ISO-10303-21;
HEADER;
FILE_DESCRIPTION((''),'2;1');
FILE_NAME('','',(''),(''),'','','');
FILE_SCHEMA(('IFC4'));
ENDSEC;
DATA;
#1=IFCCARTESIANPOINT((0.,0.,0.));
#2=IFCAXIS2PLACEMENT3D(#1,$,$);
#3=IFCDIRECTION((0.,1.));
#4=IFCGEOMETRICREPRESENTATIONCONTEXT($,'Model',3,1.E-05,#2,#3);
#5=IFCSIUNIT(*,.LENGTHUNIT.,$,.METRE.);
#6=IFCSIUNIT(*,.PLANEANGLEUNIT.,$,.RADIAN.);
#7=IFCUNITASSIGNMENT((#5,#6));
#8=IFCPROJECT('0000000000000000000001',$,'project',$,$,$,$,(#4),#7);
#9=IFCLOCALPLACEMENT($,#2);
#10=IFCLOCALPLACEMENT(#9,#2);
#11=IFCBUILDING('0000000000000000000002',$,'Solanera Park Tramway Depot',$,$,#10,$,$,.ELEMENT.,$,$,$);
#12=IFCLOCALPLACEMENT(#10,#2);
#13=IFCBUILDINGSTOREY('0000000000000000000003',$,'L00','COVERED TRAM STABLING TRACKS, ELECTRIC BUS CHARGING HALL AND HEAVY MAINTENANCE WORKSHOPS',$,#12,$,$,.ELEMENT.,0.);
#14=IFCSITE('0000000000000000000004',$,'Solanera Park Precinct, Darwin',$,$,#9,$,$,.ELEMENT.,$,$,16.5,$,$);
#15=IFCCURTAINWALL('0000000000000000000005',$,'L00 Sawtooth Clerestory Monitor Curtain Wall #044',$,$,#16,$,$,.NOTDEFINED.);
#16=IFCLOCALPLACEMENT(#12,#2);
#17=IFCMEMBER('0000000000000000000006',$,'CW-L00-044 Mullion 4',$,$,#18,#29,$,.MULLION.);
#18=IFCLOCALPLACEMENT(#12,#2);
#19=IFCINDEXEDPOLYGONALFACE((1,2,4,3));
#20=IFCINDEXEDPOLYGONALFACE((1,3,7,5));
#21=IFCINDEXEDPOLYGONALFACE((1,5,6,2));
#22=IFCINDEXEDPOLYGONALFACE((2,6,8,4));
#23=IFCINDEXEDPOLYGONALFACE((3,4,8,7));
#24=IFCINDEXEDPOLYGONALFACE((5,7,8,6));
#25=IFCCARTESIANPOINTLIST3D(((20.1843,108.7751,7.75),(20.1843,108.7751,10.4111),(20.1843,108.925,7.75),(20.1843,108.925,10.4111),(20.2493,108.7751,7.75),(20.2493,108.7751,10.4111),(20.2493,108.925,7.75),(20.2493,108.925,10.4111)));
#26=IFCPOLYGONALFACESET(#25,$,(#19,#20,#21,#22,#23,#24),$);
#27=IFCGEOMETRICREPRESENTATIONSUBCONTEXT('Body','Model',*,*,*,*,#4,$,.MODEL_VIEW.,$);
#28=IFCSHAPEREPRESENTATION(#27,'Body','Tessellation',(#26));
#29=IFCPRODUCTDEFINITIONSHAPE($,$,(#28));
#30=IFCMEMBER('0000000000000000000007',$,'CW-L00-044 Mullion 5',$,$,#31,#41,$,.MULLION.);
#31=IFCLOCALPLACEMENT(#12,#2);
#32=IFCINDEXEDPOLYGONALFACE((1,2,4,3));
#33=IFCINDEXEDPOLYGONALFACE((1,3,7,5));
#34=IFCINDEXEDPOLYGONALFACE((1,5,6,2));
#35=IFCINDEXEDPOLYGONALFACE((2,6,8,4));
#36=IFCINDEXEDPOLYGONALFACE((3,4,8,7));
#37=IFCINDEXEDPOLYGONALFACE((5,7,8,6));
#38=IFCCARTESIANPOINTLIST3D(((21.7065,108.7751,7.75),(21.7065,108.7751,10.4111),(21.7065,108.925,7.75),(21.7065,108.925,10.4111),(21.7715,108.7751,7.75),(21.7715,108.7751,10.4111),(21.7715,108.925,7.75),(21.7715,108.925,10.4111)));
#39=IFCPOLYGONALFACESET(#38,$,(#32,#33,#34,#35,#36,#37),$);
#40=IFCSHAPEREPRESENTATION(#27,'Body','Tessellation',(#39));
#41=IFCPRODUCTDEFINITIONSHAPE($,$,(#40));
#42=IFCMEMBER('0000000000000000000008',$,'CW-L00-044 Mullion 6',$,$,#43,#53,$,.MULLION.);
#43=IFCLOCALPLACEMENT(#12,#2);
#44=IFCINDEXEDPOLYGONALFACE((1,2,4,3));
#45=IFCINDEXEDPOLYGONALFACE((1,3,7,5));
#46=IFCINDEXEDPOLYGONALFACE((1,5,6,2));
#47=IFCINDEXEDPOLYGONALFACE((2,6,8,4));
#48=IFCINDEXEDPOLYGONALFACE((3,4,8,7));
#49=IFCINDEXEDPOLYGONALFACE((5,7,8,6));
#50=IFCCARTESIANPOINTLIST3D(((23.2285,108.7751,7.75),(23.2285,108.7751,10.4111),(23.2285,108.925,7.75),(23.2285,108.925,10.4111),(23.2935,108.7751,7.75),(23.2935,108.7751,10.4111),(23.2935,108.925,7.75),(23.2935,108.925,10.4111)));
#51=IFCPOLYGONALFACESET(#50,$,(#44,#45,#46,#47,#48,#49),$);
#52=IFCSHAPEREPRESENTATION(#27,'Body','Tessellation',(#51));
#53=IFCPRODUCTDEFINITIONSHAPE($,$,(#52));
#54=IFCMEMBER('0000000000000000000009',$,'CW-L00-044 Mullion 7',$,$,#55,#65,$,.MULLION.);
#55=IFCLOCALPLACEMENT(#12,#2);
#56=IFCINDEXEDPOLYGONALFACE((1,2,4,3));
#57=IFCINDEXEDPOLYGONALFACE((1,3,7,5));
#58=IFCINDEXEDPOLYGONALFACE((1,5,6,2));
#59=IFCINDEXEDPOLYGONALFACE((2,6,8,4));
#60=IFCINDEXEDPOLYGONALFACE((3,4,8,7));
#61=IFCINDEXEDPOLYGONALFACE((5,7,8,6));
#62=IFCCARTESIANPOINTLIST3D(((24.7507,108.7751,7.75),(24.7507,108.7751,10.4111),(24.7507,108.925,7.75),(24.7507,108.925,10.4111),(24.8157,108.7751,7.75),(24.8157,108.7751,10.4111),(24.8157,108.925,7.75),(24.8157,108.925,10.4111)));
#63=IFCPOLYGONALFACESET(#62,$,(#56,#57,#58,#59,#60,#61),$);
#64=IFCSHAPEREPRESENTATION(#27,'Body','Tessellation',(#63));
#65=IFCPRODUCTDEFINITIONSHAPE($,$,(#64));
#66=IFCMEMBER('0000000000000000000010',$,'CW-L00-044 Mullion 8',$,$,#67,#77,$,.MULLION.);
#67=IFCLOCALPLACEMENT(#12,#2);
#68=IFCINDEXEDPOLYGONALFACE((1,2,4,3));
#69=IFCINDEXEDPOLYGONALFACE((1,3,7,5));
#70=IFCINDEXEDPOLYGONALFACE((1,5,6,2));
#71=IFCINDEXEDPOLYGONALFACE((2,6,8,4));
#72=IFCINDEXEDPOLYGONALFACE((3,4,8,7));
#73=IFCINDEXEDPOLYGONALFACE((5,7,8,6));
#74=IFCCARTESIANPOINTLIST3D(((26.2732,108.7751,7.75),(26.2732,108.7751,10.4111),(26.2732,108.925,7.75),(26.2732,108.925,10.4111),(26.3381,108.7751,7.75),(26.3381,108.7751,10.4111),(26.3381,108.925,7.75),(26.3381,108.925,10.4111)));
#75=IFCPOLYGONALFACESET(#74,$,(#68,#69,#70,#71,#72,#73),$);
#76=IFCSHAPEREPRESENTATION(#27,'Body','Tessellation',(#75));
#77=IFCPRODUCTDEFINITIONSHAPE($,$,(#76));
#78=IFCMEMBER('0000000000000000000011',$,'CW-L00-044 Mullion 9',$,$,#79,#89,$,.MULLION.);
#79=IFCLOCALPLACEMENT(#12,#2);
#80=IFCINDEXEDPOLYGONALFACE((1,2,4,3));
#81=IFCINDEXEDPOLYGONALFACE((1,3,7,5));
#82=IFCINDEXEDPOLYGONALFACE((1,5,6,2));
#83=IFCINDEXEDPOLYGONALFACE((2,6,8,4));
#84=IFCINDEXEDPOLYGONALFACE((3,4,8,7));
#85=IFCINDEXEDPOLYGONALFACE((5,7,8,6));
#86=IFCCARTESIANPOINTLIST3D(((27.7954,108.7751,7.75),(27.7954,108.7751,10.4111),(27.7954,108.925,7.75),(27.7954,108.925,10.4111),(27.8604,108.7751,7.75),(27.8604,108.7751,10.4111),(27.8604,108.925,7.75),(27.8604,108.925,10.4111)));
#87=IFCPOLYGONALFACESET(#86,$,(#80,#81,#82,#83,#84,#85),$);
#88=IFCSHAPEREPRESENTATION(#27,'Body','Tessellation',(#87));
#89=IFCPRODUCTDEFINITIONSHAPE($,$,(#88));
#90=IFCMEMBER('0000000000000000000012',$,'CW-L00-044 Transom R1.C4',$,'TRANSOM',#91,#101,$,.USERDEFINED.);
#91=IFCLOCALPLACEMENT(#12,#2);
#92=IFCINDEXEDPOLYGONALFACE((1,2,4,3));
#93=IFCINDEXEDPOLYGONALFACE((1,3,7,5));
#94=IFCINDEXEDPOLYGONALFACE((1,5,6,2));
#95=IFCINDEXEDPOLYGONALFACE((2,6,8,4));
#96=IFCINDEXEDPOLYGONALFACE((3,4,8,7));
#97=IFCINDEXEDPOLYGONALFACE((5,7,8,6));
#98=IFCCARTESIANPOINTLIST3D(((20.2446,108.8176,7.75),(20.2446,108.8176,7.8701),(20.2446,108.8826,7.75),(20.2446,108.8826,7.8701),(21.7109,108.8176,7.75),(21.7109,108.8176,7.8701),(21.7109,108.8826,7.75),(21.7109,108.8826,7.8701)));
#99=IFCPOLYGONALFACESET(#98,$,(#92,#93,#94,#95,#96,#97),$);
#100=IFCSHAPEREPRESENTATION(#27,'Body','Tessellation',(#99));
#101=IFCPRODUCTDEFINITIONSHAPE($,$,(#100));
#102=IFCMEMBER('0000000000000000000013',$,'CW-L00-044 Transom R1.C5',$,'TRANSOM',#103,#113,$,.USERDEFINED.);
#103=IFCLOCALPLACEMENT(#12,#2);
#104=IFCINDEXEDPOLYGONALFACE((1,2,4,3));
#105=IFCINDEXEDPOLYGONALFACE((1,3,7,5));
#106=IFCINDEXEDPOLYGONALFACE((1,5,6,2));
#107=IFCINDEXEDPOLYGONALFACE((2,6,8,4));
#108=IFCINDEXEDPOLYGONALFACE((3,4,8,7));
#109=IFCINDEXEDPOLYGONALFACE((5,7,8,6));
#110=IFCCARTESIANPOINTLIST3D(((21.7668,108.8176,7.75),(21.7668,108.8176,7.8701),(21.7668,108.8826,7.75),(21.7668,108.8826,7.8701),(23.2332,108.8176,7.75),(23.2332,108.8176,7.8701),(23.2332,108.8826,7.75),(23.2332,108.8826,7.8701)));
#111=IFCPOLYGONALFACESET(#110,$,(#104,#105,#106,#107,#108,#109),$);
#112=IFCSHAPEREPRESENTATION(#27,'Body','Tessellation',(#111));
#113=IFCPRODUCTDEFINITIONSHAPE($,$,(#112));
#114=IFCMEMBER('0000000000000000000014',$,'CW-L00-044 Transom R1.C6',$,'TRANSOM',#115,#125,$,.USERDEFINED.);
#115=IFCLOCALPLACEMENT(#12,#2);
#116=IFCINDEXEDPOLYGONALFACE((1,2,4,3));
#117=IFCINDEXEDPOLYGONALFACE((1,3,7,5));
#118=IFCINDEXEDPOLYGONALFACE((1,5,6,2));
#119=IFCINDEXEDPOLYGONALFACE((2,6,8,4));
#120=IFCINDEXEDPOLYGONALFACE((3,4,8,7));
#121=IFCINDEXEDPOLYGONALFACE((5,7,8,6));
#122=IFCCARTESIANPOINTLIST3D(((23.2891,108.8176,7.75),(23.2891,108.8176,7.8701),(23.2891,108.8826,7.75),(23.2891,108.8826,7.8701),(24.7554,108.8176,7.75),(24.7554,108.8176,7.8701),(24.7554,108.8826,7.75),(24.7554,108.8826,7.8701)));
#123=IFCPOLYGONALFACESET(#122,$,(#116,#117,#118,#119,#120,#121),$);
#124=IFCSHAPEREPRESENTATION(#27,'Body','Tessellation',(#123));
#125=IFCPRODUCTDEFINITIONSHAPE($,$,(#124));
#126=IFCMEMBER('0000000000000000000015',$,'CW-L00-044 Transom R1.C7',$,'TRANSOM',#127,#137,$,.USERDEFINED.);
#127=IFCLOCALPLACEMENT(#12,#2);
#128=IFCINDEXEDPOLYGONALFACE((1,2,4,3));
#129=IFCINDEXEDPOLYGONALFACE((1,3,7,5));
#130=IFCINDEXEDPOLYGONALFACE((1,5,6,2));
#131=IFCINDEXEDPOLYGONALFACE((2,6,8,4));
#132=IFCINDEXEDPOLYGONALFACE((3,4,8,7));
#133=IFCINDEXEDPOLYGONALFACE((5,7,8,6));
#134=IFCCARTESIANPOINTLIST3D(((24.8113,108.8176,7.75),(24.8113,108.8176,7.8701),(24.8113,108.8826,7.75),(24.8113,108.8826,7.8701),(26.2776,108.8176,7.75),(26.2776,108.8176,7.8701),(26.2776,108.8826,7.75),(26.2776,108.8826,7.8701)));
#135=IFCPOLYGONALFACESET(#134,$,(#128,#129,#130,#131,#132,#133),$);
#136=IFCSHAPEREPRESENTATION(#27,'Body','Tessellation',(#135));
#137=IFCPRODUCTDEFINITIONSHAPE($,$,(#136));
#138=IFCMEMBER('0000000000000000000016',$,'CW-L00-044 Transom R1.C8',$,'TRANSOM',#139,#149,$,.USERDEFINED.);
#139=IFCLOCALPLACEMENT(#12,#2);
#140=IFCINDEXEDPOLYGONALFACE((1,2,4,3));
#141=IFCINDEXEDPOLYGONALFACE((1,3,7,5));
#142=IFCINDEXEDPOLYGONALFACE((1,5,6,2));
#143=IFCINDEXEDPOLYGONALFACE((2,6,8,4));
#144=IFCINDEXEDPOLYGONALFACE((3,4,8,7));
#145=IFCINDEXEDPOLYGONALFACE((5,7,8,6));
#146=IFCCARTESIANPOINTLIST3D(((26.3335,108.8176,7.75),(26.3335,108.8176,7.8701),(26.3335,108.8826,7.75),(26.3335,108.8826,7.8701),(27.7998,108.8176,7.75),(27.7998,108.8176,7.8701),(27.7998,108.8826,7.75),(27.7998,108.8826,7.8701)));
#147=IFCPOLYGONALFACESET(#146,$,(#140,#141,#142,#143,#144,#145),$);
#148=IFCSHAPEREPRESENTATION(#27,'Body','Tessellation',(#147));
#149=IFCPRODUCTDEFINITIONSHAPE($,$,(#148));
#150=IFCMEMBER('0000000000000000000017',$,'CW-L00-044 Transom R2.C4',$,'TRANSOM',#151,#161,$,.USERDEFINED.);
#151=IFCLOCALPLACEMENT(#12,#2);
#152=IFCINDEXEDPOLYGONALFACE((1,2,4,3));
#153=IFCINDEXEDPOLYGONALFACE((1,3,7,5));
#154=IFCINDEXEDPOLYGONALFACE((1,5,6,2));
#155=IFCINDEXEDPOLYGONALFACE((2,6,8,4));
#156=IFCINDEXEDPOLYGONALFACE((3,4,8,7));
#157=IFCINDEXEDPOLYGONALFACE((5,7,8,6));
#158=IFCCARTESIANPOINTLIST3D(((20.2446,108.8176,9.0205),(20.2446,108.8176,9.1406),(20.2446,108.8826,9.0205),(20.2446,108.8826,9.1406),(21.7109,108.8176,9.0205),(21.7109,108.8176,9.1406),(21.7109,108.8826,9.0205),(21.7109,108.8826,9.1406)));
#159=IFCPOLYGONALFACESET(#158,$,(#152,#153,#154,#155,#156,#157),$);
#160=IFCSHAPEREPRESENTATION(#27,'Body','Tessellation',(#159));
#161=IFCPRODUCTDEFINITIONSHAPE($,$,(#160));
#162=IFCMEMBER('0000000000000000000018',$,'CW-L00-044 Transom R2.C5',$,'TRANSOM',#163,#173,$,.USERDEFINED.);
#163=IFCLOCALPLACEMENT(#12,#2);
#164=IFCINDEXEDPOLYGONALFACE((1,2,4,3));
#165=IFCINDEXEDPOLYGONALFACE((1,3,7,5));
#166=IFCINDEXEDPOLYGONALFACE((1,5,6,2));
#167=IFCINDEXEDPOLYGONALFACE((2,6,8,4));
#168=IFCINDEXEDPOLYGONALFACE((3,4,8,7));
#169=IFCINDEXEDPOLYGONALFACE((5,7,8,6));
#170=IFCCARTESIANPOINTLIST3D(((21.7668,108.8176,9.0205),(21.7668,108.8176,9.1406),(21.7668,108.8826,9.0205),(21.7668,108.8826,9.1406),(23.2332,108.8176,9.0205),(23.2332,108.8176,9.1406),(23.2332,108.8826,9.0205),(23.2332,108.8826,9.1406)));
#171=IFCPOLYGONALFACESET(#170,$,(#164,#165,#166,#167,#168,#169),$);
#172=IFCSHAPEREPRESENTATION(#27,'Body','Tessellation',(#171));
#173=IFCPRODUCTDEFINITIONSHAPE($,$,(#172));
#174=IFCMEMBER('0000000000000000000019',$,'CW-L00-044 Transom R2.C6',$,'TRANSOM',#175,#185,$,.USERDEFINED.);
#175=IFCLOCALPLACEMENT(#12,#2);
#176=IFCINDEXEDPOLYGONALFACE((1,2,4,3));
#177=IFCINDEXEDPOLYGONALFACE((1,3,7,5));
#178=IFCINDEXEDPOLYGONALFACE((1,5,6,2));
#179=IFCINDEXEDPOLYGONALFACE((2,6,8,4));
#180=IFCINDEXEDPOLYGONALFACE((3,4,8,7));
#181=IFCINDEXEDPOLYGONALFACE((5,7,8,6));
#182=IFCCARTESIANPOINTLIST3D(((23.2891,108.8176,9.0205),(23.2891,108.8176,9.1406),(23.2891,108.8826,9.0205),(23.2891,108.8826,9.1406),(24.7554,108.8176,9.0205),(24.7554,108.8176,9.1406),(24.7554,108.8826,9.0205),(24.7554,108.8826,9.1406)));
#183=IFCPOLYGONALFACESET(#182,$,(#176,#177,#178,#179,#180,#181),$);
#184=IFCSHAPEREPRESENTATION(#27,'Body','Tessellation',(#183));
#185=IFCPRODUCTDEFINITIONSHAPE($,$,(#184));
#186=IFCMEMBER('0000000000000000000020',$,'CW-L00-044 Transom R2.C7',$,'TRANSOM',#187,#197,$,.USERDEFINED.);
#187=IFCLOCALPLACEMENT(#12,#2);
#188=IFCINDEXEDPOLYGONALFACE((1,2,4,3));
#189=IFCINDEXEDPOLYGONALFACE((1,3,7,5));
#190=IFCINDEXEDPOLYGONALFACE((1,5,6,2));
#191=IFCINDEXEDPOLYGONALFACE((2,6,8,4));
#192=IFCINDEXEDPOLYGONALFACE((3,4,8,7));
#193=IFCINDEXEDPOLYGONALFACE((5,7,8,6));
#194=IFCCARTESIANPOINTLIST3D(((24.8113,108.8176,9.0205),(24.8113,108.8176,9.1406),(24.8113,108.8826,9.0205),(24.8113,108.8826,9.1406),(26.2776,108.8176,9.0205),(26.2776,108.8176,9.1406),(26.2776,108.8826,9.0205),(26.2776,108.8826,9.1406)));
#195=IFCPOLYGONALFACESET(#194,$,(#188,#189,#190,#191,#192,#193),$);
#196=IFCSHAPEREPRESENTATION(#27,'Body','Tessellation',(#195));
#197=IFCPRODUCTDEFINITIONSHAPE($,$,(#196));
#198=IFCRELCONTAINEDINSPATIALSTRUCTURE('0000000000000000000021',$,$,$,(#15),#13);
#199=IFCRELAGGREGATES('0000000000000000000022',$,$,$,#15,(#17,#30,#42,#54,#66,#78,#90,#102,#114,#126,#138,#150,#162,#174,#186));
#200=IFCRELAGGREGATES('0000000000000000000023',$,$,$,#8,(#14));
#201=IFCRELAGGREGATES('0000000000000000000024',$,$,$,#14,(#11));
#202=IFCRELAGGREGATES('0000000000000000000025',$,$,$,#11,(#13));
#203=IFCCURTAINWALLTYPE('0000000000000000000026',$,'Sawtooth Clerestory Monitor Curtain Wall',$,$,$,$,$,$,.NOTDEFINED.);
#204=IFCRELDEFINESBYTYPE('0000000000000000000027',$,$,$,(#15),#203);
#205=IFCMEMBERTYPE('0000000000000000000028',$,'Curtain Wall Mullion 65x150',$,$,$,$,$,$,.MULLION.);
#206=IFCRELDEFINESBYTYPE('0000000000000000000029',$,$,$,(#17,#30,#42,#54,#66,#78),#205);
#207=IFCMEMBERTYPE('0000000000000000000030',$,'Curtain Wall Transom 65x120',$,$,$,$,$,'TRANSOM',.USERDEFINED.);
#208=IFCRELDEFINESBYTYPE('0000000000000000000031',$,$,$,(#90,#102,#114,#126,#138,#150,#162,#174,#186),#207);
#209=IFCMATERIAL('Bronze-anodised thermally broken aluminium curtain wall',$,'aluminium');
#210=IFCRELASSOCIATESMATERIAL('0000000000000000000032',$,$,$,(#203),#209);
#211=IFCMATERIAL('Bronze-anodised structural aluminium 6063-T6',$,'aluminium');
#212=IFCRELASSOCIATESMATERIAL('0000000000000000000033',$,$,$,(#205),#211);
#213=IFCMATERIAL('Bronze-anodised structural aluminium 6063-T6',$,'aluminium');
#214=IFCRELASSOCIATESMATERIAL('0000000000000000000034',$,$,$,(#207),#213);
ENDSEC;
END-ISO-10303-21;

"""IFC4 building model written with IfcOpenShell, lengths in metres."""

from ifc_helpers import new_model, si_unit, direction, frame, origin, origin_2d, place, context, subcontext, project, spatial, rectangle, extrude, material, material_profile, profile_set, type_object, element, aggregate, save


model = new_model("IFC4")

# Units and contexts
model_context = context("Model", 3, precision=1e-05, world=origin(), true_north=direction((0.0, 1.0)))
body_context = subcontext(model_context, "Body", "Model", "MODEL_VIEW")
ifc_project = project(units=[si_unit("LENGTHUNIT", "METRE"), si_unit("PLANEANGLEUNIT", "RADIAN")], contexts=[model_context])

# Site, building, storey
site_placement = place(None, origin())
site = spatial("IfcSite", under=ifc_project, at=site_placement, Name="Solanera Park Precinct, Darwin", CompositionType="ELEMENT", RefElevation=16.5)
building_placement = place(site_placement, origin())
building = spatial("IfcBuilding", under=site, at=building_placement, Name="Solanera Park Tramway Depot", CompositionType="ELEMENT")
storey_placement = place(building_placement, origin())
storey = spatial("IfcBuildingStorey", under=building, at=storey_placement, Name="L00", Description="COVERED TRAM STABLING TRACKS, ELECTRIC BUS CHARGING HALL AND HEAVY MAINTENANCE WORKSHOPS", CompositionType="ELEMENT", Elevation=0.0)

# Curtain wall, members
ifc_material_1 = material(Name="Bronze-anodised thermally broken aluminium curtain wall", Category="aluminium")
curtain_wall_type = type_object("IfcCurtainWallType", Name="Sawtooth Clerestory Monitor Curtain Wall", PredefinedType="NOTDEFINED", material=ifc_material_1)
curtain_wall_placement = place(storey_placement, origin())
curtain_wall = element("IfcCurtainWall", 1, at=curtain_wall_placement, inside=storey, type_object=curtain_wall_type, Name="L00 Sawtooth Clerestory Monitor Curtain Wall #044", PredefinedType="NOTDEFINED")
ifc_material_2 = material(Name="Bronze-anodised structural aluminium 6063-T6", Category="aluminium")
ifc_material_profile_1 = material_profile(ifc_material_2, rectangle(XDim=0.0649, YDim=0.1499, at=origin_2d()), Name="Curtain Wall Mullion 65x150")
ifc_profile_set_1 = profile_set([ifc_material_profile_1], Name="Bronze-anodised structural aluminium 6063-T6")
member_type_1 = type_object("IfcMemberType", Name="Curtain Wall Mullion 65x150", PredefinedType="MULLION", material=ifc_profile_set_1)
member_1_placement = place(storey_placement, frame((20.2168, 108.8501, 7.75), z_axis=(0.0, 0.0, 1.0), x_axis=(1.0, 0.0, 0.0)))
member_1 = element("IfcMember", 2, at=member_1_placement, type_object=member_type_1, Name="CW-L00-044 Mullion 4", PredefinedType="MULLION", context=body_context, shape_type="SweptSolid", body=[
    extrude(rectangle(XDim=0.0649, YDim=0.1499, at=origin_2d()), origin(), (0.0, 0.0, 1.0), 2.6611),
])
member_2_placement = place(storey_placement, frame((21.739, 108.8501, 7.75), z_axis=(0.0, 0.0, 1.0), x_axis=(1.0, 0.0, 0.0)))
member_2 = element("IfcMember", 3, at=member_2_placement, type_object=member_type_1, Name="CW-L00-044 Mullion 5", PredefinedType="MULLION", context=body_context, shape_type="SweptSolid", body=[
    extrude(rectangle(XDim=0.0649, YDim=0.1499, at=origin_2d()), origin(), (0.0, 0.0, 1.0), 2.6611),
])
member_3_placement = place(storey_placement, frame((23.261, 108.8501, 7.75), z_axis=(0.0, 0.0, 1.0), x_axis=(1.0, 0.0, 0.0)))
member_3 = element("IfcMember", 4, at=member_3_placement, type_object=member_type_1, Name="CW-L00-044 Mullion 6", PredefinedType="MULLION", context=body_context, shape_type="SweptSolid", body=[
    extrude(rectangle(XDim=0.0649, YDim=0.1499, at=origin_2d()), origin(), (0.0, 0.0, 1.0), 2.6611),
])
member_4_placement = place(storey_placement, frame((24.7832, 108.8501, 7.75), z_axis=(0.0, 0.0, 1.0), x_axis=(1.0, 0.0, 0.0)))
member_4 = element("IfcMember", 5, at=member_4_placement, type_object=member_type_1, Name="CW-L00-044 Mullion 7", PredefinedType="MULLION", context=body_context, shape_type="SweptSolid", body=[
    extrude(rectangle(XDim=0.0649, YDim=0.1499, at=origin_2d()), origin(), (0.0, 0.0, 1.0), 2.6611),
])
member_5_placement = place(storey_placement, frame((26.3057, 108.8501, 7.75), z_axis=(0.0, 0.0, 1.0), x_axis=(1.0, 0.0, 0.0)))
member_5 = element("IfcMember", 6, at=member_5_placement, type_object=member_type_1, Name="CW-L00-044 Mullion 8", PredefinedType="MULLION", context=body_context, shape_type="SweptSolid", body=[
    extrude(rectangle(XDim=0.0649, YDim=0.1499, at=origin_2d()), origin(), (0.0, 0.0, 1.0), 2.6611),
])
member_6_placement = place(storey_placement, frame((27.8279, 108.8501, 7.75), z_axis=(0.0, 0.0, 1.0), x_axis=(1.0, 0.0, 0.0)))
member_6 = element("IfcMember", 7, at=member_6_placement, type_object=member_type_1, Name="CW-L00-044 Mullion 9", PredefinedType="MULLION", context=body_context, shape_type="SweptSolid", body=[
    extrude(rectangle(XDim=0.0649, YDim=0.1499, at=origin_2d()), origin(), (0.0, 0.0, 1.0), 2.6611),
])
ifc_material_3 = material(Name="Bronze-anodised structural aluminium 6063-T6", Category="aluminium")
ifc_material_profile_2 = material_profile(ifc_material_3, rectangle(XDim=0.0649, YDim=0.1201, at=origin_2d()), Name="Curtain Wall Transom 65x120")
ifc_profile_set_2 = profile_set([ifc_material_profile_2], Name="Bronze-anodised structural aluminium 6063-T6")
member_type_2 = type_object("IfcMemberType", Name="Curtain Wall Transom 65x120", ElementType="TRANSOM", PredefinedType="USERDEFINED", material=ifc_profile_set_2)
member_7_placement = place(storey_placement, frame((20.2446, 108.8501, 7.8101), z_axis=(1.0, 0.0, 0.0), x_axis=(0.0, 1.0, 0.0)))
member_7 = element("IfcMember", 8, at=member_7_placement, type_object=member_type_2, Name="CW-L00-044 Transom R1.C4", ObjectType="TRANSOM", PredefinedType="USERDEFINED", context=body_context, shape_type="SweptSolid", body=[
    extrude(rectangle(XDim=0.0649, YDim=0.1201, at=origin_2d()), origin(), (0.0, 0.0, 1.0), 1.4663),
])
member_8_placement = place(storey_placement, frame((21.7668, 108.8501, 7.8101), z_axis=(1.0, 0.0, 0.0), x_axis=(0.0, 1.0, 0.0)))
member_8 = element("IfcMember", 9, at=member_8_placement, type_object=member_type_2, Name="CW-L00-044 Transom R1.C5", ObjectType="TRANSOM", PredefinedType="USERDEFINED", context=body_context, shape_type="SweptSolid", body=[
    extrude(rectangle(XDim=0.0649, YDim=0.1201, at=origin_2d()), origin(), (0.0, 0.0, 1.0), 1.4663),
])
member_9_placement = place(storey_placement, frame((23.2891, 108.8501, 7.8101), z_axis=(1.0, 0.0, 0.0), x_axis=(0.0, 1.0, 0.0)))
member_9 = element("IfcMember", 10, at=member_9_placement, type_object=member_type_2, Name="CW-L00-044 Transom R1.C6", ObjectType="TRANSOM", PredefinedType="USERDEFINED", context=body_context, shape_type="SweptSolid", body=[
    extrude(rectangle(XDim=0.0649, YDim=0.1201, at=origin_2d()), origin(), (0.0, 0.0, 1.0), 1.4663),
])
member_10_placement = place(storey_placement, frame((24.8113, 108.8501, 7.8101), z_axis=(1.0, 0.0, 0.0), x_axis=(0.0, 1.0, 0.0)))
member_10 = element("IfcMember", 11, at=member_10_placement, type_object=member_type_2, Name="CW-L00-044 Transom R1.C7", ObjectType="TRANSOM", PredefinedType="USERDEFINED", context=body_context, shape_type="SweptSolid", body=[
    extrude(rectangle(XDim=0.0649, YDim=0.1201, at=origin_2d()), origin(), (0.0, 0.0, 1.0), 1.4663),
])
member_11_placement = place(storey_placement, frame((26.3335, 108.8501, 7.8101), z_axis=(1.0, 0.0, 0.0), x_axis=(0.0, 1.0, 0.0)))
member_11 = element("IfcMember", 12, at=member_11_placement, type_object=member_type_2, Name="CW-L00-044 Transom R1.C8", ObjectType="TRANSOM", PredefinedType="USERDEFINED", context=body_context, shape_type="SweptSolid", body=[
    extrude(rectangle(XDim=0.0649, YDim=0.1201, at=origin_2d()), origin(), (0.0, 0.0, 1.0), 1.4663),
])
member_12_placement = place(storey_placement, frame((20.2446, 108.8501, 9.0806), z_axis=(1.0, 0.0, 0.0), x_axis=(0.0, 1.0, 0.0)))
member_12 = element("IfcMember", 13, at=member_12_placement, type_object=member_type_2, Name="CW-L00-044 Transom R2.C4", ObjectType="TRANSOM", PredefinedType="USERDEFINED", context=body_context, shape_type="SweptSolid", body=[
    extrude(rectangle(XDim=0.0649, YDim=0.1201, at=origin_2d()), origin(), (0.0, 0.0, 1.0), 1.4663),
])
member_13_placement = place(storey_placement, frame((21.7668, 108.8501, 9.0806), z_axis=(1.0, 0.0, 0.0), x_axis=(0.0, 1.0, 0.0)))
member_13 = element("IfcMember", 14, at=member_13_placement, type_object=member_type_2, Name="CW-L00-044 Transom R2.C5", ObjectType="TRANSOM", PredefinedType="USERDEFINED", context=body_context, shape_type="SweptSolid", body=[
    extrude(rectangle(XDim=0.0649, YDim=0.1201, at=origin_2d()), origin(), (0.0, 0.0, 1.0), 1.4663),
])
member_14_placement = place(storey_placement, frame((23.2891, 108.8501, 9.0806), z_axis=(1.0, 0.0, 0.0), x_axis=(0.0, 1.0, 0.0)))
member_14 = element("IfcMember", 15, at=member_14_placement, type_object=member_type_2, Name="CW-L00-044 Transom R2.C6", ObjectType="TRANSOM", PredefinedType="USERDEFINED", context=body_context, shape_type="SweptSolid", body=[
    extrude(rectangle(XDim=0.0649, YDim=0.1201, at=origin_2d()), origin(), (0.0, 0.0, 1.0), 1.4663),
])
member_15_placement = place(storey_placement, frame((24.8113, 108.8501, 9.0806), z_axis=(1.0, 0.0, 0.0), x_axis=(0.0, 1.0, 0.0)))
member_15 = element("IfcMember", 16, at=member_15_placement, type_object=member_type_2, Name="CW-L00-044 Transom R2.C7", ObjectType="TRANSOM", PredefinedType="USERDEFINED", context=body_context, shape_type="SweptSolid", body=[
    extrude(rectangle(XDim=0.0649, YDim=0.1201, at=origin_2d()), origin(), (0.0, 0.0, 1.0), 1.4663),
])
aggregate(curtain_wall, [member_1, member_2, member_3, member_4, member_5, member_6, member_7, member_8, member_9, member_10, member_11, member_12, member_13, member_14, member_15])

save(model, "model.ifc")
